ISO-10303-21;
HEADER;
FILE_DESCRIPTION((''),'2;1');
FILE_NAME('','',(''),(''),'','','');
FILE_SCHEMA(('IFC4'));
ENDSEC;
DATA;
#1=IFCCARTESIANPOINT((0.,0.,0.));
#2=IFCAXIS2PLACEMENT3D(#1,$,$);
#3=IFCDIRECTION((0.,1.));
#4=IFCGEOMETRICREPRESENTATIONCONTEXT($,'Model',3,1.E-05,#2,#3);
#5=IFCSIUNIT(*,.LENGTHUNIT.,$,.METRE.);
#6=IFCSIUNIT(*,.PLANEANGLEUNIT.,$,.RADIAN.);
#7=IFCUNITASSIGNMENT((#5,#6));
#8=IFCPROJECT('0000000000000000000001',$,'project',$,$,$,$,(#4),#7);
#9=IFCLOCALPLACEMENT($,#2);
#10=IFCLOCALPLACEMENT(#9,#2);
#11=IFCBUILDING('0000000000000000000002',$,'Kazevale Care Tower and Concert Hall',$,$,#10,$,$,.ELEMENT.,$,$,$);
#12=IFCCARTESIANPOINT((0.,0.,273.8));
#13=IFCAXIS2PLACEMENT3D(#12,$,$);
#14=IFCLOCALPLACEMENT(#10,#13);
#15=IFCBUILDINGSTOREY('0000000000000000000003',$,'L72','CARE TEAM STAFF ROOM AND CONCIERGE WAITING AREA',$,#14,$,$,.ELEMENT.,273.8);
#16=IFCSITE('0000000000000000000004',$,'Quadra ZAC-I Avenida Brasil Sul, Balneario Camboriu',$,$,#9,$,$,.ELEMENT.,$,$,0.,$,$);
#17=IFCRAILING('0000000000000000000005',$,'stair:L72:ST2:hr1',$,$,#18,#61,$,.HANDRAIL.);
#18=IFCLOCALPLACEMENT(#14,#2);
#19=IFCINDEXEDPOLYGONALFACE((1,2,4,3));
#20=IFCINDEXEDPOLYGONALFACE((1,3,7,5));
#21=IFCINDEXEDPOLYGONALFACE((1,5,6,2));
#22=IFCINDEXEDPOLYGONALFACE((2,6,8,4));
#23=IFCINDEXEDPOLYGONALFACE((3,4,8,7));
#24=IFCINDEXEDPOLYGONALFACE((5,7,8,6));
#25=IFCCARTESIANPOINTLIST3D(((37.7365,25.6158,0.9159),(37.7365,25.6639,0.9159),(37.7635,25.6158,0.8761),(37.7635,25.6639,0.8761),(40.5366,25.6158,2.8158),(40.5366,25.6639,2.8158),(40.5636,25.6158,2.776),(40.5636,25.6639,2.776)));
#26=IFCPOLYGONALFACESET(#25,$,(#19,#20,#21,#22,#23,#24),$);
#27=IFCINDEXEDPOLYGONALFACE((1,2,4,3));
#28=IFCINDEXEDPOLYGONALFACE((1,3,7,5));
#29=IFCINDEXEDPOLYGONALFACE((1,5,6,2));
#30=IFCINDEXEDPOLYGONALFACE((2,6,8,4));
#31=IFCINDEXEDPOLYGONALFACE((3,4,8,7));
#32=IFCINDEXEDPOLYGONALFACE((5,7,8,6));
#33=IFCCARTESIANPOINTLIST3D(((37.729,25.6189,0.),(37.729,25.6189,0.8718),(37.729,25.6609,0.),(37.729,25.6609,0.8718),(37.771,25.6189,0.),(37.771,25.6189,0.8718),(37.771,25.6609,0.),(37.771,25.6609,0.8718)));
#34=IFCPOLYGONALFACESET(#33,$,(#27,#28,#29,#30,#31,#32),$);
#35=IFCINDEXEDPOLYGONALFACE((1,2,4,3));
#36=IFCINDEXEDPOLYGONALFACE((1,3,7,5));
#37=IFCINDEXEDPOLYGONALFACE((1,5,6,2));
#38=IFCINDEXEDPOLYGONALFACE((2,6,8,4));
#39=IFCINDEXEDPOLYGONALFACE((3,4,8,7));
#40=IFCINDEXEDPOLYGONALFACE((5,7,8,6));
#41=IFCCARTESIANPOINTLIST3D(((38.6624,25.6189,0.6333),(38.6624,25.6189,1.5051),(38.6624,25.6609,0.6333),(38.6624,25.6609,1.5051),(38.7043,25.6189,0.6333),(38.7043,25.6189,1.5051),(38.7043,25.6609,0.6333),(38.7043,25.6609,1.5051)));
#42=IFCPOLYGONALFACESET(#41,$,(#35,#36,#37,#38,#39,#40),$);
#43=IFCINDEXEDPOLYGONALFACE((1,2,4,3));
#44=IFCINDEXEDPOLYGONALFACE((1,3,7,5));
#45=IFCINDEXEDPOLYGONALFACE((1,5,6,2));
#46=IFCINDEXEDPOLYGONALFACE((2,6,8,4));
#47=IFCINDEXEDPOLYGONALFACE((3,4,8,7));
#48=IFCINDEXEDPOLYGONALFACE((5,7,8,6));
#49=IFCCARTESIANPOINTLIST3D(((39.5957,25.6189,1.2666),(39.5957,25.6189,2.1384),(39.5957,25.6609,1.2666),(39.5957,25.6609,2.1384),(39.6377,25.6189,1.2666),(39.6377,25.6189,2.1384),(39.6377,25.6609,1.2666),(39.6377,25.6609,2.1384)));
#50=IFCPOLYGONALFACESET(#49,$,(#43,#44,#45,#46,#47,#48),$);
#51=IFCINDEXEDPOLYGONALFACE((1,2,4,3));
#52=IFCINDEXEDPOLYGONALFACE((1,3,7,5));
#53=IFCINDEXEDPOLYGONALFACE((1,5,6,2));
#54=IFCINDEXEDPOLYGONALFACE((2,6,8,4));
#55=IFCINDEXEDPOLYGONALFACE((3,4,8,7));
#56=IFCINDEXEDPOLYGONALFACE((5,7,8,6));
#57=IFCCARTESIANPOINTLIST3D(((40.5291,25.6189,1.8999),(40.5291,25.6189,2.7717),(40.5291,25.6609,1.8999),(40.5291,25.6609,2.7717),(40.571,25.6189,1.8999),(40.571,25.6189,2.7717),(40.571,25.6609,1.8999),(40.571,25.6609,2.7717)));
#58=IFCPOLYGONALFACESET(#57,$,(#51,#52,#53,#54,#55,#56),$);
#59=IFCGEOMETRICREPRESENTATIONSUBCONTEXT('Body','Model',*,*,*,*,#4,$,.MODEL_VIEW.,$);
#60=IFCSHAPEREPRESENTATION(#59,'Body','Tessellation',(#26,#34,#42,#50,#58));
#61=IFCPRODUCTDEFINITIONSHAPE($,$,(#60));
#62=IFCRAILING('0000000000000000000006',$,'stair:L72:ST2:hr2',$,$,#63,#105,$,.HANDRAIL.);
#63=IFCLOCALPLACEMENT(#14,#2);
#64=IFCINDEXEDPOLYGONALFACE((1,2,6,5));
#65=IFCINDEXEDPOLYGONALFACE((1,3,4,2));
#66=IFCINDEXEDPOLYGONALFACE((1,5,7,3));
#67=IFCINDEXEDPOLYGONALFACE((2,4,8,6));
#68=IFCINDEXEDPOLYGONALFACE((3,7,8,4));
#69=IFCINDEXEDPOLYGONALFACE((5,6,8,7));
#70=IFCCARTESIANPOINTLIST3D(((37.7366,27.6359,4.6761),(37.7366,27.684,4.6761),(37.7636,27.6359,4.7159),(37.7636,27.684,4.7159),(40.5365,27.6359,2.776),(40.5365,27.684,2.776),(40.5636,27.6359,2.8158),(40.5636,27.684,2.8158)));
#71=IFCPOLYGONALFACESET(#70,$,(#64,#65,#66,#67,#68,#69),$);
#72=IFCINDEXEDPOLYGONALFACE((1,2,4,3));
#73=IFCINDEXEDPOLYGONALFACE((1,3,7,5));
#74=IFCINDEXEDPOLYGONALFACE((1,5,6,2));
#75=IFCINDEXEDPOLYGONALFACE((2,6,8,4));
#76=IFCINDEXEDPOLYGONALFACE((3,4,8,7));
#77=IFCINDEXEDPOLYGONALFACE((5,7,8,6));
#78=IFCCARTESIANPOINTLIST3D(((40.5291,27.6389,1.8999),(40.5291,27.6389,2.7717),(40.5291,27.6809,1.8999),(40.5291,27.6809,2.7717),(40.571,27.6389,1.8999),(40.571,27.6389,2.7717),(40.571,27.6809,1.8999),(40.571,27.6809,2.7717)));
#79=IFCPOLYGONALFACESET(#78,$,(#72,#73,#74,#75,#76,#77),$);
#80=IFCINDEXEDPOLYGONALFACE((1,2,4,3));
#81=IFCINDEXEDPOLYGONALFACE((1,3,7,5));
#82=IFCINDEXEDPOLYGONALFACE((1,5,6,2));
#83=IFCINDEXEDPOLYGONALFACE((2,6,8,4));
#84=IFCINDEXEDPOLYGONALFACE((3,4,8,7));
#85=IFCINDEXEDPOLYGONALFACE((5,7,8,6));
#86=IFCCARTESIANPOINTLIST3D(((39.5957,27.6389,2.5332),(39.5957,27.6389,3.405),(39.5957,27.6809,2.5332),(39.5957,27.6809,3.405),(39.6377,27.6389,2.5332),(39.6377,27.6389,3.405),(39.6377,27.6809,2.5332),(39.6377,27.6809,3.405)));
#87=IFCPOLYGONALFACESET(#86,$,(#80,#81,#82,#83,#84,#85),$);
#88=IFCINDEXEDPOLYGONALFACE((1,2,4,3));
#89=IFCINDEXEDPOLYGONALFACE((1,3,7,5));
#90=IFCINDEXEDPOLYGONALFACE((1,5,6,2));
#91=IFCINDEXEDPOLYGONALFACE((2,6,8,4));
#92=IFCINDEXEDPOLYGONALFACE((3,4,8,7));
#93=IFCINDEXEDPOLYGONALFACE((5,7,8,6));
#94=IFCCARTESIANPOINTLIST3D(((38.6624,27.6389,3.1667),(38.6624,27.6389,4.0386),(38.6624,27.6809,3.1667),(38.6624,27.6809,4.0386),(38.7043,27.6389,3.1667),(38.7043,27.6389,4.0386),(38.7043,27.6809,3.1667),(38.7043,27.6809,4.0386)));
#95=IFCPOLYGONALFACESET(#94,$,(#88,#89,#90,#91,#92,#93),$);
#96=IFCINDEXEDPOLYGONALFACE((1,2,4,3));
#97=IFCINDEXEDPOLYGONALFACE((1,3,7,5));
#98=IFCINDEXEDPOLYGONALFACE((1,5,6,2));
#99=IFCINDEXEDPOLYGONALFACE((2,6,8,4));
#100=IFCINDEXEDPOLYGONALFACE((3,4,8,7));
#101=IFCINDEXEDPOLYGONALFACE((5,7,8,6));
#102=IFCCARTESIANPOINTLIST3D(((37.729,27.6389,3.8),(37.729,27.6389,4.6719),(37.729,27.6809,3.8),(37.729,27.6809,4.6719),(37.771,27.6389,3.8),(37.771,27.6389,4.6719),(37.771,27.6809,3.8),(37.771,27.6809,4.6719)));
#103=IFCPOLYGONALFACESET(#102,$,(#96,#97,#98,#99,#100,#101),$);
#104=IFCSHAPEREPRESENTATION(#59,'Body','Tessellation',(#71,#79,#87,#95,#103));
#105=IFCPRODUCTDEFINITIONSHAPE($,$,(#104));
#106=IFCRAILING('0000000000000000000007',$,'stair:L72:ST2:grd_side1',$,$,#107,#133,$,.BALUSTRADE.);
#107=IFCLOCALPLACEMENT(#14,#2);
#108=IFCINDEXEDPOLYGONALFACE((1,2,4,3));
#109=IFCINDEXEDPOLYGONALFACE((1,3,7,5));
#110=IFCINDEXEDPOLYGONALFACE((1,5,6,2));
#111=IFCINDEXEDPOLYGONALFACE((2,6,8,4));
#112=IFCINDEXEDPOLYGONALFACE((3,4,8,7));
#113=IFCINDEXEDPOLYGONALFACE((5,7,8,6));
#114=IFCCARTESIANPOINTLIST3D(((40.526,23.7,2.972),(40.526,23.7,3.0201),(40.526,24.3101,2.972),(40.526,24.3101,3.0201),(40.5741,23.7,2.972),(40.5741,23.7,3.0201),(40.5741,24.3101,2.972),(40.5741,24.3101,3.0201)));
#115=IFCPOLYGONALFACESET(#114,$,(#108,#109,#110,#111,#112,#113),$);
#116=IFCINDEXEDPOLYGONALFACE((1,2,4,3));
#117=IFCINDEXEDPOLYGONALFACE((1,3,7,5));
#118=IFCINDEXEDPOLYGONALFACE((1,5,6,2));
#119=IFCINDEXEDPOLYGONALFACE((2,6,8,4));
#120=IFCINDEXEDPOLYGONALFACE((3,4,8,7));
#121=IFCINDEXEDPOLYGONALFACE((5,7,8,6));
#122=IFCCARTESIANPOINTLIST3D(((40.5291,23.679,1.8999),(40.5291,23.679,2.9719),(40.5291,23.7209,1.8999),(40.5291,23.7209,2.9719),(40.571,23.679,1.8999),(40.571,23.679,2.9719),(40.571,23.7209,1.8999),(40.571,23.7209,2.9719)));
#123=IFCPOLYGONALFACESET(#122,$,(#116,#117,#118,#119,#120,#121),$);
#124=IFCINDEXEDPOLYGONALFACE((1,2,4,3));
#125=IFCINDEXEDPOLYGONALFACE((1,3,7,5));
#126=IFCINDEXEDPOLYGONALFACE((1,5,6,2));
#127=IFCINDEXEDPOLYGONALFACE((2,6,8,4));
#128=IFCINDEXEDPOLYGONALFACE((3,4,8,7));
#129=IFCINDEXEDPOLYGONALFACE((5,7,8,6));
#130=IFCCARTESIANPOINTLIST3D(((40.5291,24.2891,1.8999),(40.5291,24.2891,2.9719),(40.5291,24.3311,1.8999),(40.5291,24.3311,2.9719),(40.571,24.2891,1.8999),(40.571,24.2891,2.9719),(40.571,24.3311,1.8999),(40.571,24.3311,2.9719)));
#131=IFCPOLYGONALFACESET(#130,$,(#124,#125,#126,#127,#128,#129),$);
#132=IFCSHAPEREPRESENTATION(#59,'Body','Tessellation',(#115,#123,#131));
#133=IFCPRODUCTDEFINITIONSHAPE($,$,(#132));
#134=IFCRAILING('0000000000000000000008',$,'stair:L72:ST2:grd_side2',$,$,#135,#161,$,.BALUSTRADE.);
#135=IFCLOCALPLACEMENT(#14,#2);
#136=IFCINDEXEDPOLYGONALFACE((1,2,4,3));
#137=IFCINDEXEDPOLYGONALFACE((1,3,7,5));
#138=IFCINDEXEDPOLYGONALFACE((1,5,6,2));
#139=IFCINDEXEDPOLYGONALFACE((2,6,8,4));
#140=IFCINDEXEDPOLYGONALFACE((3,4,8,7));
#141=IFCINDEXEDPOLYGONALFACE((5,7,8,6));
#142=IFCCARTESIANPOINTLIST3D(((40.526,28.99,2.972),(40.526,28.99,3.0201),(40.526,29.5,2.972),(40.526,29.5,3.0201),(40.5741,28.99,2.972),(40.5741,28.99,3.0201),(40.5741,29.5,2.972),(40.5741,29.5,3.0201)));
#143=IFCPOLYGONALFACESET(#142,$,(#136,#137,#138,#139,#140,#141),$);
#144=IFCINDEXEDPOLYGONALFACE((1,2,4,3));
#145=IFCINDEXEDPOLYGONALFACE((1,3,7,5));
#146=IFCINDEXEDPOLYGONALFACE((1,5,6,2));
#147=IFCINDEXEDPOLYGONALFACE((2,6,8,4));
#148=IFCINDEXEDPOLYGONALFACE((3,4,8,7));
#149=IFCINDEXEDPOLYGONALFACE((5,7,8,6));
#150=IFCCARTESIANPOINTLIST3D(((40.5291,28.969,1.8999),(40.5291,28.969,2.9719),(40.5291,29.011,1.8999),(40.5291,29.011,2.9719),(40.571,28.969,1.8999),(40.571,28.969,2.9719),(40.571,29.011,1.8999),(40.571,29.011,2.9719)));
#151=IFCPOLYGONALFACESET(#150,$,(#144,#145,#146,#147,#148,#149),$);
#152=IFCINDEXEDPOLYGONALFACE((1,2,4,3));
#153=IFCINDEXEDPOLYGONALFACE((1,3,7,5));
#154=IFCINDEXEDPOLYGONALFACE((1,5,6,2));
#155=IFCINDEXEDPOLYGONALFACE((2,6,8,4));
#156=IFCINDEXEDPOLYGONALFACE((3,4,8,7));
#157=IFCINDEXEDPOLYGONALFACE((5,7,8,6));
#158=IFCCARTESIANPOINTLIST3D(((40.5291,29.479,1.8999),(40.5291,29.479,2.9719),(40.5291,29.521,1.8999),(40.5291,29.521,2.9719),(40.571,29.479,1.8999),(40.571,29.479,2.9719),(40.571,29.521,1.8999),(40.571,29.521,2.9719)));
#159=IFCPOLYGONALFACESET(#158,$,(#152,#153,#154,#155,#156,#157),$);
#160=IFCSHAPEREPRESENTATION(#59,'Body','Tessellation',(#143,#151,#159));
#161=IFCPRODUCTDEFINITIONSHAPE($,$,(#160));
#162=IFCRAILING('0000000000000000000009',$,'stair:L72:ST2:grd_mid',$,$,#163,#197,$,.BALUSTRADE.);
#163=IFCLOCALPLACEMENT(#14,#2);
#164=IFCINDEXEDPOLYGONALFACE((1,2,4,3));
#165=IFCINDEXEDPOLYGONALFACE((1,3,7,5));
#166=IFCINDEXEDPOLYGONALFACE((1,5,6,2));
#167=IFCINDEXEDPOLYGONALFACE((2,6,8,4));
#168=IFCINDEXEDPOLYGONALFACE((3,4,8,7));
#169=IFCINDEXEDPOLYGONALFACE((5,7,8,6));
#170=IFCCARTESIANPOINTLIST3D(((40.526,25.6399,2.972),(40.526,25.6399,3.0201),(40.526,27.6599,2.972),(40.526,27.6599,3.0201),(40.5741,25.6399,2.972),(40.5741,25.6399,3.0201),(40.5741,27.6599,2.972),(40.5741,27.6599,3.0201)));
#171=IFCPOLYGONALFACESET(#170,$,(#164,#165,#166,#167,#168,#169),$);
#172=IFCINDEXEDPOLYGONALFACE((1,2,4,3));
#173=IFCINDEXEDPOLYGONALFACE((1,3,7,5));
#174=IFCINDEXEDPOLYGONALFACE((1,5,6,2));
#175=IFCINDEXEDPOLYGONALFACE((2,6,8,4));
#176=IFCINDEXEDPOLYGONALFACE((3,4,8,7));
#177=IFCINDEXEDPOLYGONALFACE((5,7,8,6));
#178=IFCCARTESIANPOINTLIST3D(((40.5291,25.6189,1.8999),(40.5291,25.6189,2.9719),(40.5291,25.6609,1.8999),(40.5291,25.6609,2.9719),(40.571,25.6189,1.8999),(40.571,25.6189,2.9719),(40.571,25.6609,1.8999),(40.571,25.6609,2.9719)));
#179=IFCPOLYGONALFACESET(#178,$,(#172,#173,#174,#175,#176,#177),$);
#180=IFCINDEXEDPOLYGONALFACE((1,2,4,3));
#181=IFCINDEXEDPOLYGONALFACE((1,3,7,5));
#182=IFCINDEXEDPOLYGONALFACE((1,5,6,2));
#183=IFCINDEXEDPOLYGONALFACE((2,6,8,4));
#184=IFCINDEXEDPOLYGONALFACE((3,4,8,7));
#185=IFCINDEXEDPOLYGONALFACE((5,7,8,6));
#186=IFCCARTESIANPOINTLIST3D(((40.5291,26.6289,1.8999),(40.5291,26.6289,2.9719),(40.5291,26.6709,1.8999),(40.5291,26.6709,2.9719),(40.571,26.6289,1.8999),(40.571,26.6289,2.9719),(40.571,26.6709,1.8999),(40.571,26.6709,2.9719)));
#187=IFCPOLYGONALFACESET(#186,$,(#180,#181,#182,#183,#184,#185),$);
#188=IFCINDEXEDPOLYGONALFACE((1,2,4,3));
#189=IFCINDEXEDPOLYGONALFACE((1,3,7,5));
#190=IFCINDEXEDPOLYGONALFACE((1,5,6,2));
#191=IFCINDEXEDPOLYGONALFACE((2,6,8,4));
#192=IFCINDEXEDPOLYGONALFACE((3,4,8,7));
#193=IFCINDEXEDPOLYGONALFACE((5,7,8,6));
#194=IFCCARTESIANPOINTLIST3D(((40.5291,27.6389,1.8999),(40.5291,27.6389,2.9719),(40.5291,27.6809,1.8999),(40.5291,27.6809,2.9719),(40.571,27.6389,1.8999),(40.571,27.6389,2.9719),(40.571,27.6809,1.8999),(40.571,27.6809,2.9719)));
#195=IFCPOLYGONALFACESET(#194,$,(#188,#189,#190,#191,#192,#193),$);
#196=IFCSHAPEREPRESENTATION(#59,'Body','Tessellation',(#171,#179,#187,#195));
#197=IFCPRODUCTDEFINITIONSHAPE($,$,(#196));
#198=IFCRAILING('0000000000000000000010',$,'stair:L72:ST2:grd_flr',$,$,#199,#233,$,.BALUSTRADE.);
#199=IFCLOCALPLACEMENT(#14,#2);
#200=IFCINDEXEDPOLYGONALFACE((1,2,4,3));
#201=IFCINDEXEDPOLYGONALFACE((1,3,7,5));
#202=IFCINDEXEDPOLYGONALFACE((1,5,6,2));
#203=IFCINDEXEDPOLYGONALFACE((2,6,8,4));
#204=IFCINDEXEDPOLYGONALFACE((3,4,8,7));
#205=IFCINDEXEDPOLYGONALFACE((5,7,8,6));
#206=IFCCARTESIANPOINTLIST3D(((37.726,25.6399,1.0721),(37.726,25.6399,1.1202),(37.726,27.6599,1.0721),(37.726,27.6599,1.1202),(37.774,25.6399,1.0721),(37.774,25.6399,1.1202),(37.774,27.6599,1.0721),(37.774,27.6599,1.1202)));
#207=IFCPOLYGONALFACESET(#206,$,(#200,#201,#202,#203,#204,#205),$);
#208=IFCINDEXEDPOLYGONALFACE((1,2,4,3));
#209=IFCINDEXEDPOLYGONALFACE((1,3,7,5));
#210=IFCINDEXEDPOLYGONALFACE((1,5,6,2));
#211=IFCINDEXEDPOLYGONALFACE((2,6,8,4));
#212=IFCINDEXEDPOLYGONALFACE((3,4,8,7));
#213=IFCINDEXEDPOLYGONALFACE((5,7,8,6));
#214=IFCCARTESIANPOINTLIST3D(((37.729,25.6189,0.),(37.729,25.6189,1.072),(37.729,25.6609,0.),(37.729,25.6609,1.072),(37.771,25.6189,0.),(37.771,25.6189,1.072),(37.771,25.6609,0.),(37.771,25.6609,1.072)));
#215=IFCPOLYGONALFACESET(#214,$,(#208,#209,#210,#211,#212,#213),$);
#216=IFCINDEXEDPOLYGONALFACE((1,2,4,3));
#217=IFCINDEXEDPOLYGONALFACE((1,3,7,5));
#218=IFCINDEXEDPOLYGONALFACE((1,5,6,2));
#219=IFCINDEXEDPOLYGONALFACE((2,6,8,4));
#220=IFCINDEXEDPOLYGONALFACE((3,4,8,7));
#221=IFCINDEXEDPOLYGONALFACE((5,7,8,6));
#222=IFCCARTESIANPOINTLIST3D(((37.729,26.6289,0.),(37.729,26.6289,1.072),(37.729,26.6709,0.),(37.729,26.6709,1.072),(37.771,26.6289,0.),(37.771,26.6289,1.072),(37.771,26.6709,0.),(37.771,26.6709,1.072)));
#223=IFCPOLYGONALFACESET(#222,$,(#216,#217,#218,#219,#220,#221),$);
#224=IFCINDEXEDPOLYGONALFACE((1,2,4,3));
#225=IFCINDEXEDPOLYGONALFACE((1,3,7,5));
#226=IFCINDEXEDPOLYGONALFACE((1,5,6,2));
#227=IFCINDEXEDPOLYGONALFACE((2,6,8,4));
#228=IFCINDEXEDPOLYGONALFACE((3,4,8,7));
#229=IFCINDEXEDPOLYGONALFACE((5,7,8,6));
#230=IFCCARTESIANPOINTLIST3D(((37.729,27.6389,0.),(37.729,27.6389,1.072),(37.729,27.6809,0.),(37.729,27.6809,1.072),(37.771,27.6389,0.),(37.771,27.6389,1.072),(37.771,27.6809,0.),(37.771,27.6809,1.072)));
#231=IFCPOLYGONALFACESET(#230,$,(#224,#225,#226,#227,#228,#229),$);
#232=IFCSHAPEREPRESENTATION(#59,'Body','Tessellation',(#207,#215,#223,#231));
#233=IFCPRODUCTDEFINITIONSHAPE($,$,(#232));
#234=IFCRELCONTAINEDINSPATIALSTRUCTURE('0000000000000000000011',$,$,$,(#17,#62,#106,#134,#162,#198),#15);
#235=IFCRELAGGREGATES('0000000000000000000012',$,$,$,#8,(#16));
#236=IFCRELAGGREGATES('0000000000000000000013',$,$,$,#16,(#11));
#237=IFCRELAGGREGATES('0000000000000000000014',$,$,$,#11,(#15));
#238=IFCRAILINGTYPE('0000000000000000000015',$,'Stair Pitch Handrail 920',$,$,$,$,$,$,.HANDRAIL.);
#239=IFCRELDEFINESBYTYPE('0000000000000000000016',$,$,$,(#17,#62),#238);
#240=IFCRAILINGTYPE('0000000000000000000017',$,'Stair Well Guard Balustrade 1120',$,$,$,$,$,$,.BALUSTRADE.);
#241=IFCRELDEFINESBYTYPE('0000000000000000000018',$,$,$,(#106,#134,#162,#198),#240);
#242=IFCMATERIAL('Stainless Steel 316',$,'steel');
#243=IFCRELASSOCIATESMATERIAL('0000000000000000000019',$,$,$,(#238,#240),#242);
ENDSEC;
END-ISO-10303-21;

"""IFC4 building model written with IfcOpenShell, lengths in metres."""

from ifc_helpers import new_model, si_unit, direction, frame, origin, origin_2d, place, context, subcontext, project, spatial, rectangle, extrude, material, type_object, element, save


model = new_model("IFC4")

# Units and contexts
model_context = context("Model", 3, precision=1e-05, world=origin(), true_north=direction((0.0, 1.0)))
body_context = subcontext(model_context, "Body", "Model", "MODEL_VIEW")
ifc_project = project(units=[si_unit("LENGTHUNIT", "METRE"), si_unit("PLANEANGLEUNIT", "RADIAN")], contexts=[model_context])

# Site, building, storey
site_placement = place(None, origin())
site = spatial("IfcSite", under=ifc_project, at=site_placement, Name="Quadra ZAC-I Avenida Brasil Sul, Balneario Camboriu", CompositionType="ELEMENT", RefElevation=0.0)
building_placement = place(site_placement, origin())
building = spatial("IfcBuilding", under=site, at=building_placement, Name="Kazevale Care Tower and Concert Hall", CompositionType="ELEMENT")
storey_placement = place(building_placement, frame((0.0, 0.0, 273.8)))
storey = spatial("IfcBuildingStorey", under=building, at=storey_placement, Name="L72", Description="CARE TEAM STAFF ROOM AND CONCIERGE WAITING AREA", CompositionType="ELEMENT", Elevation=273.8)

# Railings
ifc_material_1 = material(Name="Stainless Steel 316", Category="steel")
railing_type_1 = type_object("IfcRailingType", Name="Stair Pitch Handrail 920", PredefinedType="HANDRAIL", material=ifc_material_1)
railing_1_placement = place(storey_placement, frame((37.75, 25.6399, 0.0)))
element("IfcRailing", 1, at=railing_1_placement, inside=storey, type_object=railing_type_1, Name="stair:L72:ST2:hr1", PredefinedType="HANDRAIL", context=body_context, shape_type="SweptSolid", body=[
    extrude(rectangle(XDim=0.0481, YDim=0.0481, at=origin_2d()), frame((0.0, 0.0, 0.896), z_axis=(0.827494, 0.0, 0.561475), x_axis=(0.0, 1.0, 0.0)), (0.0, 0.0, 1.0), 3.3838),
    extrude(rectangle(XDim=0.042, YDim=0.042, at=origin_2d()), origin(), (0.0, 0.0, 1.0), 0.8718),
    extrude(rectangle(XDim=0.042, YDim=0.042, at=origin_2d()), frame((0.9333, 0.0, 0.6333)), (0.0, 0.0, 1.0), 0.8718),
    extrude(rectangle(XDim=0.042, YDim=0.042, at=origin_2d()), frame((1.8667, 0.0, 1.2666)), (0.0, 0.0, 1.0), 0.8718),
    extrude(rectangle(XDim=0.042, YDim=0.042, at=origin_2d()), frame((2.8, 0.0, 1.8999)), (0.0, 0.0, 1.0), 0.8718),
])
railing_2_placement = place(storey_placement, frame((40.55, 27.6599, 1.8999)))
element("IfcRailing", 2, at=railing_2_placement, inside=storey, type_object=railing_type_1, Name="stair:L72:ST2:hr2", PredefinedType="HANDRAIL", context=body_context, shape_type="SweptSolid", body=[
    extrude(rectangle(XDim=0.0481, YDim=0.0481, at=origin_2d()), frame((0.0, 0.0, 0.896), z_axis=(-0.82746, 0.0, 0.561524), x_axis=(0.0, -1.0, 0.0)), (0.0, 0.0, 1.0), 3.3838),
    extrude(rectangle(XDim=0.042, YDim=0.042, at=origin_2d()), origin(), (0.0, 0.0, 1.0), 0.8718),
    extrude(rectangle(XDim=0.042, YDim=0.042, at=origin_2d()), frame((-0.9333, 0.0, 0.6333)), (0.0, 0.0, 1.0), 0.8718),
    extrude(rectangle(XDim=0.042, YDim=0.042, at=origin_2d()), frame((-1.8667, 0.0, 1.2668)), (0.0, 0.0, 1.0), 0.8718),
    extrude(rectangle(XDim=0.042, YDim=0.042, at=origin_2d()), frame((-2.8, 0.0, 1.9001)), (0.0, 0.0, 1.0), 0.8718),
])
railing_type_2 = type_object("IfcRailingType", Name="Stair Well Guard Balustrade 1120", PredefinedType="BALUSTRADE", material=ifc_material_1)
railing_3_placement = place(storey_placement, frame((40.55, 23.7, 1.8999)))
element("IfcRailing", 3, at=railing_3_placement, inside=storey, type_object=railing_type_2, Name="stair:L72:ST2:grd_side1", PredefinedType="BALUSTRADE", context=body_context, shape_type="SweptSolid", body=[
    extrude(rectangle(XDim=0.0481, YDim=0.0481, at=origin_2d()), frame((0.0, 0.0, 1.0962), z_axis=(0.0, 1.0, 0.0), x_axis=(-1.0, 0.0, 0.0)), (0.0, 0.0, 1.0), 0.6101),
    extrude(rectangle(XDim=0.042, YDim=0.042, at=origin_2d()), origin(), (0.0, 0.0, 1.0), 1.072),
    extrude(rectangle(XDim=0.042, YDim=0.042, at=origin_2d()), frame((0.0, 0.6101, 0.0)), (0.0, 0.0, 1.0), 1.072),
])
railing_4_placement = place(storey_placement, frame((40.55, 28.99, 1.8999)))
element("IfcRailing", 4, at=railing_4_placement, inside=storey, type_object=railing_type_2, Name="stair:L72:ST2:grd_side2", PredefinedType="BALUSTRADE", context=body_context, shape_type="SweptSolid", body=[
    extrude(rectangle(XDim=0.0481, YDim=0.0481, at=origin_2d()), frame((0.0, 0.0, 1.0962), z_axis=(0.0, 1.0, 0.0), x_axis=(-1.0, 0.0, 0.0)), (0.0, 0.0, 1.0), 0.51),
    extrude(rectangle(XDim=0.042, YDim=0.042, at=origin_2d()), origin(), (0.0, 0.0, 1.0), 1.072),
    extrude(rectangle(XDim=0.042, YDim=0.042, at=origin_2d()), frame((0.0, 0.51, 0.0)), (0.0, 0.0, 1.0), 1.072),
])
for number, where, name in (
    (5, (40.55, 25.6399, 1.8999), "stair:L72:ST2:grd_mid"),
    (6, (37.75, 25.6399, 0.0), "stair:L72:ST2:grd_flr"),
):
    element("IfcRailing", number, at=place(storey_placement, frame(where)), inside=storey, type_object=railing_type_2, Name=name, PredefinedType="BALUSTRADE", context=body_context, shape_type="SweptSolid", body=[
        extrude(rectangle(XDim=0.0481, YDim=0.0481, at=origin_2d()), frame((0.0, 0.0, 1.0962), z_axis=(0.0, 1.0, 0.0), x_axis=(-1.0, 0.0, 0.0)), (0.0, 0.0, 1.0), 2.02),
        extrude(rectangle(XDim=0.042, YDim=0.042, at=origin_2d()), origin(), (0.0, 0.0, 1.0), 1.072),
        extrude(rectangle(XDim=0.042, YDim=0.042, at=origin_2d()), frame((0.0, 1.01, 0.0)), (0.0, 0.0, 1.0), 1.072),
        extrude(rectangle(XDim=0.042, YDim=0.042, at=origin_2d()), frame((0.0, 2.02, 0.0)), (0.0, 0.0, 1.0), 1.072),
    ])

save(model, "model.ifc")
